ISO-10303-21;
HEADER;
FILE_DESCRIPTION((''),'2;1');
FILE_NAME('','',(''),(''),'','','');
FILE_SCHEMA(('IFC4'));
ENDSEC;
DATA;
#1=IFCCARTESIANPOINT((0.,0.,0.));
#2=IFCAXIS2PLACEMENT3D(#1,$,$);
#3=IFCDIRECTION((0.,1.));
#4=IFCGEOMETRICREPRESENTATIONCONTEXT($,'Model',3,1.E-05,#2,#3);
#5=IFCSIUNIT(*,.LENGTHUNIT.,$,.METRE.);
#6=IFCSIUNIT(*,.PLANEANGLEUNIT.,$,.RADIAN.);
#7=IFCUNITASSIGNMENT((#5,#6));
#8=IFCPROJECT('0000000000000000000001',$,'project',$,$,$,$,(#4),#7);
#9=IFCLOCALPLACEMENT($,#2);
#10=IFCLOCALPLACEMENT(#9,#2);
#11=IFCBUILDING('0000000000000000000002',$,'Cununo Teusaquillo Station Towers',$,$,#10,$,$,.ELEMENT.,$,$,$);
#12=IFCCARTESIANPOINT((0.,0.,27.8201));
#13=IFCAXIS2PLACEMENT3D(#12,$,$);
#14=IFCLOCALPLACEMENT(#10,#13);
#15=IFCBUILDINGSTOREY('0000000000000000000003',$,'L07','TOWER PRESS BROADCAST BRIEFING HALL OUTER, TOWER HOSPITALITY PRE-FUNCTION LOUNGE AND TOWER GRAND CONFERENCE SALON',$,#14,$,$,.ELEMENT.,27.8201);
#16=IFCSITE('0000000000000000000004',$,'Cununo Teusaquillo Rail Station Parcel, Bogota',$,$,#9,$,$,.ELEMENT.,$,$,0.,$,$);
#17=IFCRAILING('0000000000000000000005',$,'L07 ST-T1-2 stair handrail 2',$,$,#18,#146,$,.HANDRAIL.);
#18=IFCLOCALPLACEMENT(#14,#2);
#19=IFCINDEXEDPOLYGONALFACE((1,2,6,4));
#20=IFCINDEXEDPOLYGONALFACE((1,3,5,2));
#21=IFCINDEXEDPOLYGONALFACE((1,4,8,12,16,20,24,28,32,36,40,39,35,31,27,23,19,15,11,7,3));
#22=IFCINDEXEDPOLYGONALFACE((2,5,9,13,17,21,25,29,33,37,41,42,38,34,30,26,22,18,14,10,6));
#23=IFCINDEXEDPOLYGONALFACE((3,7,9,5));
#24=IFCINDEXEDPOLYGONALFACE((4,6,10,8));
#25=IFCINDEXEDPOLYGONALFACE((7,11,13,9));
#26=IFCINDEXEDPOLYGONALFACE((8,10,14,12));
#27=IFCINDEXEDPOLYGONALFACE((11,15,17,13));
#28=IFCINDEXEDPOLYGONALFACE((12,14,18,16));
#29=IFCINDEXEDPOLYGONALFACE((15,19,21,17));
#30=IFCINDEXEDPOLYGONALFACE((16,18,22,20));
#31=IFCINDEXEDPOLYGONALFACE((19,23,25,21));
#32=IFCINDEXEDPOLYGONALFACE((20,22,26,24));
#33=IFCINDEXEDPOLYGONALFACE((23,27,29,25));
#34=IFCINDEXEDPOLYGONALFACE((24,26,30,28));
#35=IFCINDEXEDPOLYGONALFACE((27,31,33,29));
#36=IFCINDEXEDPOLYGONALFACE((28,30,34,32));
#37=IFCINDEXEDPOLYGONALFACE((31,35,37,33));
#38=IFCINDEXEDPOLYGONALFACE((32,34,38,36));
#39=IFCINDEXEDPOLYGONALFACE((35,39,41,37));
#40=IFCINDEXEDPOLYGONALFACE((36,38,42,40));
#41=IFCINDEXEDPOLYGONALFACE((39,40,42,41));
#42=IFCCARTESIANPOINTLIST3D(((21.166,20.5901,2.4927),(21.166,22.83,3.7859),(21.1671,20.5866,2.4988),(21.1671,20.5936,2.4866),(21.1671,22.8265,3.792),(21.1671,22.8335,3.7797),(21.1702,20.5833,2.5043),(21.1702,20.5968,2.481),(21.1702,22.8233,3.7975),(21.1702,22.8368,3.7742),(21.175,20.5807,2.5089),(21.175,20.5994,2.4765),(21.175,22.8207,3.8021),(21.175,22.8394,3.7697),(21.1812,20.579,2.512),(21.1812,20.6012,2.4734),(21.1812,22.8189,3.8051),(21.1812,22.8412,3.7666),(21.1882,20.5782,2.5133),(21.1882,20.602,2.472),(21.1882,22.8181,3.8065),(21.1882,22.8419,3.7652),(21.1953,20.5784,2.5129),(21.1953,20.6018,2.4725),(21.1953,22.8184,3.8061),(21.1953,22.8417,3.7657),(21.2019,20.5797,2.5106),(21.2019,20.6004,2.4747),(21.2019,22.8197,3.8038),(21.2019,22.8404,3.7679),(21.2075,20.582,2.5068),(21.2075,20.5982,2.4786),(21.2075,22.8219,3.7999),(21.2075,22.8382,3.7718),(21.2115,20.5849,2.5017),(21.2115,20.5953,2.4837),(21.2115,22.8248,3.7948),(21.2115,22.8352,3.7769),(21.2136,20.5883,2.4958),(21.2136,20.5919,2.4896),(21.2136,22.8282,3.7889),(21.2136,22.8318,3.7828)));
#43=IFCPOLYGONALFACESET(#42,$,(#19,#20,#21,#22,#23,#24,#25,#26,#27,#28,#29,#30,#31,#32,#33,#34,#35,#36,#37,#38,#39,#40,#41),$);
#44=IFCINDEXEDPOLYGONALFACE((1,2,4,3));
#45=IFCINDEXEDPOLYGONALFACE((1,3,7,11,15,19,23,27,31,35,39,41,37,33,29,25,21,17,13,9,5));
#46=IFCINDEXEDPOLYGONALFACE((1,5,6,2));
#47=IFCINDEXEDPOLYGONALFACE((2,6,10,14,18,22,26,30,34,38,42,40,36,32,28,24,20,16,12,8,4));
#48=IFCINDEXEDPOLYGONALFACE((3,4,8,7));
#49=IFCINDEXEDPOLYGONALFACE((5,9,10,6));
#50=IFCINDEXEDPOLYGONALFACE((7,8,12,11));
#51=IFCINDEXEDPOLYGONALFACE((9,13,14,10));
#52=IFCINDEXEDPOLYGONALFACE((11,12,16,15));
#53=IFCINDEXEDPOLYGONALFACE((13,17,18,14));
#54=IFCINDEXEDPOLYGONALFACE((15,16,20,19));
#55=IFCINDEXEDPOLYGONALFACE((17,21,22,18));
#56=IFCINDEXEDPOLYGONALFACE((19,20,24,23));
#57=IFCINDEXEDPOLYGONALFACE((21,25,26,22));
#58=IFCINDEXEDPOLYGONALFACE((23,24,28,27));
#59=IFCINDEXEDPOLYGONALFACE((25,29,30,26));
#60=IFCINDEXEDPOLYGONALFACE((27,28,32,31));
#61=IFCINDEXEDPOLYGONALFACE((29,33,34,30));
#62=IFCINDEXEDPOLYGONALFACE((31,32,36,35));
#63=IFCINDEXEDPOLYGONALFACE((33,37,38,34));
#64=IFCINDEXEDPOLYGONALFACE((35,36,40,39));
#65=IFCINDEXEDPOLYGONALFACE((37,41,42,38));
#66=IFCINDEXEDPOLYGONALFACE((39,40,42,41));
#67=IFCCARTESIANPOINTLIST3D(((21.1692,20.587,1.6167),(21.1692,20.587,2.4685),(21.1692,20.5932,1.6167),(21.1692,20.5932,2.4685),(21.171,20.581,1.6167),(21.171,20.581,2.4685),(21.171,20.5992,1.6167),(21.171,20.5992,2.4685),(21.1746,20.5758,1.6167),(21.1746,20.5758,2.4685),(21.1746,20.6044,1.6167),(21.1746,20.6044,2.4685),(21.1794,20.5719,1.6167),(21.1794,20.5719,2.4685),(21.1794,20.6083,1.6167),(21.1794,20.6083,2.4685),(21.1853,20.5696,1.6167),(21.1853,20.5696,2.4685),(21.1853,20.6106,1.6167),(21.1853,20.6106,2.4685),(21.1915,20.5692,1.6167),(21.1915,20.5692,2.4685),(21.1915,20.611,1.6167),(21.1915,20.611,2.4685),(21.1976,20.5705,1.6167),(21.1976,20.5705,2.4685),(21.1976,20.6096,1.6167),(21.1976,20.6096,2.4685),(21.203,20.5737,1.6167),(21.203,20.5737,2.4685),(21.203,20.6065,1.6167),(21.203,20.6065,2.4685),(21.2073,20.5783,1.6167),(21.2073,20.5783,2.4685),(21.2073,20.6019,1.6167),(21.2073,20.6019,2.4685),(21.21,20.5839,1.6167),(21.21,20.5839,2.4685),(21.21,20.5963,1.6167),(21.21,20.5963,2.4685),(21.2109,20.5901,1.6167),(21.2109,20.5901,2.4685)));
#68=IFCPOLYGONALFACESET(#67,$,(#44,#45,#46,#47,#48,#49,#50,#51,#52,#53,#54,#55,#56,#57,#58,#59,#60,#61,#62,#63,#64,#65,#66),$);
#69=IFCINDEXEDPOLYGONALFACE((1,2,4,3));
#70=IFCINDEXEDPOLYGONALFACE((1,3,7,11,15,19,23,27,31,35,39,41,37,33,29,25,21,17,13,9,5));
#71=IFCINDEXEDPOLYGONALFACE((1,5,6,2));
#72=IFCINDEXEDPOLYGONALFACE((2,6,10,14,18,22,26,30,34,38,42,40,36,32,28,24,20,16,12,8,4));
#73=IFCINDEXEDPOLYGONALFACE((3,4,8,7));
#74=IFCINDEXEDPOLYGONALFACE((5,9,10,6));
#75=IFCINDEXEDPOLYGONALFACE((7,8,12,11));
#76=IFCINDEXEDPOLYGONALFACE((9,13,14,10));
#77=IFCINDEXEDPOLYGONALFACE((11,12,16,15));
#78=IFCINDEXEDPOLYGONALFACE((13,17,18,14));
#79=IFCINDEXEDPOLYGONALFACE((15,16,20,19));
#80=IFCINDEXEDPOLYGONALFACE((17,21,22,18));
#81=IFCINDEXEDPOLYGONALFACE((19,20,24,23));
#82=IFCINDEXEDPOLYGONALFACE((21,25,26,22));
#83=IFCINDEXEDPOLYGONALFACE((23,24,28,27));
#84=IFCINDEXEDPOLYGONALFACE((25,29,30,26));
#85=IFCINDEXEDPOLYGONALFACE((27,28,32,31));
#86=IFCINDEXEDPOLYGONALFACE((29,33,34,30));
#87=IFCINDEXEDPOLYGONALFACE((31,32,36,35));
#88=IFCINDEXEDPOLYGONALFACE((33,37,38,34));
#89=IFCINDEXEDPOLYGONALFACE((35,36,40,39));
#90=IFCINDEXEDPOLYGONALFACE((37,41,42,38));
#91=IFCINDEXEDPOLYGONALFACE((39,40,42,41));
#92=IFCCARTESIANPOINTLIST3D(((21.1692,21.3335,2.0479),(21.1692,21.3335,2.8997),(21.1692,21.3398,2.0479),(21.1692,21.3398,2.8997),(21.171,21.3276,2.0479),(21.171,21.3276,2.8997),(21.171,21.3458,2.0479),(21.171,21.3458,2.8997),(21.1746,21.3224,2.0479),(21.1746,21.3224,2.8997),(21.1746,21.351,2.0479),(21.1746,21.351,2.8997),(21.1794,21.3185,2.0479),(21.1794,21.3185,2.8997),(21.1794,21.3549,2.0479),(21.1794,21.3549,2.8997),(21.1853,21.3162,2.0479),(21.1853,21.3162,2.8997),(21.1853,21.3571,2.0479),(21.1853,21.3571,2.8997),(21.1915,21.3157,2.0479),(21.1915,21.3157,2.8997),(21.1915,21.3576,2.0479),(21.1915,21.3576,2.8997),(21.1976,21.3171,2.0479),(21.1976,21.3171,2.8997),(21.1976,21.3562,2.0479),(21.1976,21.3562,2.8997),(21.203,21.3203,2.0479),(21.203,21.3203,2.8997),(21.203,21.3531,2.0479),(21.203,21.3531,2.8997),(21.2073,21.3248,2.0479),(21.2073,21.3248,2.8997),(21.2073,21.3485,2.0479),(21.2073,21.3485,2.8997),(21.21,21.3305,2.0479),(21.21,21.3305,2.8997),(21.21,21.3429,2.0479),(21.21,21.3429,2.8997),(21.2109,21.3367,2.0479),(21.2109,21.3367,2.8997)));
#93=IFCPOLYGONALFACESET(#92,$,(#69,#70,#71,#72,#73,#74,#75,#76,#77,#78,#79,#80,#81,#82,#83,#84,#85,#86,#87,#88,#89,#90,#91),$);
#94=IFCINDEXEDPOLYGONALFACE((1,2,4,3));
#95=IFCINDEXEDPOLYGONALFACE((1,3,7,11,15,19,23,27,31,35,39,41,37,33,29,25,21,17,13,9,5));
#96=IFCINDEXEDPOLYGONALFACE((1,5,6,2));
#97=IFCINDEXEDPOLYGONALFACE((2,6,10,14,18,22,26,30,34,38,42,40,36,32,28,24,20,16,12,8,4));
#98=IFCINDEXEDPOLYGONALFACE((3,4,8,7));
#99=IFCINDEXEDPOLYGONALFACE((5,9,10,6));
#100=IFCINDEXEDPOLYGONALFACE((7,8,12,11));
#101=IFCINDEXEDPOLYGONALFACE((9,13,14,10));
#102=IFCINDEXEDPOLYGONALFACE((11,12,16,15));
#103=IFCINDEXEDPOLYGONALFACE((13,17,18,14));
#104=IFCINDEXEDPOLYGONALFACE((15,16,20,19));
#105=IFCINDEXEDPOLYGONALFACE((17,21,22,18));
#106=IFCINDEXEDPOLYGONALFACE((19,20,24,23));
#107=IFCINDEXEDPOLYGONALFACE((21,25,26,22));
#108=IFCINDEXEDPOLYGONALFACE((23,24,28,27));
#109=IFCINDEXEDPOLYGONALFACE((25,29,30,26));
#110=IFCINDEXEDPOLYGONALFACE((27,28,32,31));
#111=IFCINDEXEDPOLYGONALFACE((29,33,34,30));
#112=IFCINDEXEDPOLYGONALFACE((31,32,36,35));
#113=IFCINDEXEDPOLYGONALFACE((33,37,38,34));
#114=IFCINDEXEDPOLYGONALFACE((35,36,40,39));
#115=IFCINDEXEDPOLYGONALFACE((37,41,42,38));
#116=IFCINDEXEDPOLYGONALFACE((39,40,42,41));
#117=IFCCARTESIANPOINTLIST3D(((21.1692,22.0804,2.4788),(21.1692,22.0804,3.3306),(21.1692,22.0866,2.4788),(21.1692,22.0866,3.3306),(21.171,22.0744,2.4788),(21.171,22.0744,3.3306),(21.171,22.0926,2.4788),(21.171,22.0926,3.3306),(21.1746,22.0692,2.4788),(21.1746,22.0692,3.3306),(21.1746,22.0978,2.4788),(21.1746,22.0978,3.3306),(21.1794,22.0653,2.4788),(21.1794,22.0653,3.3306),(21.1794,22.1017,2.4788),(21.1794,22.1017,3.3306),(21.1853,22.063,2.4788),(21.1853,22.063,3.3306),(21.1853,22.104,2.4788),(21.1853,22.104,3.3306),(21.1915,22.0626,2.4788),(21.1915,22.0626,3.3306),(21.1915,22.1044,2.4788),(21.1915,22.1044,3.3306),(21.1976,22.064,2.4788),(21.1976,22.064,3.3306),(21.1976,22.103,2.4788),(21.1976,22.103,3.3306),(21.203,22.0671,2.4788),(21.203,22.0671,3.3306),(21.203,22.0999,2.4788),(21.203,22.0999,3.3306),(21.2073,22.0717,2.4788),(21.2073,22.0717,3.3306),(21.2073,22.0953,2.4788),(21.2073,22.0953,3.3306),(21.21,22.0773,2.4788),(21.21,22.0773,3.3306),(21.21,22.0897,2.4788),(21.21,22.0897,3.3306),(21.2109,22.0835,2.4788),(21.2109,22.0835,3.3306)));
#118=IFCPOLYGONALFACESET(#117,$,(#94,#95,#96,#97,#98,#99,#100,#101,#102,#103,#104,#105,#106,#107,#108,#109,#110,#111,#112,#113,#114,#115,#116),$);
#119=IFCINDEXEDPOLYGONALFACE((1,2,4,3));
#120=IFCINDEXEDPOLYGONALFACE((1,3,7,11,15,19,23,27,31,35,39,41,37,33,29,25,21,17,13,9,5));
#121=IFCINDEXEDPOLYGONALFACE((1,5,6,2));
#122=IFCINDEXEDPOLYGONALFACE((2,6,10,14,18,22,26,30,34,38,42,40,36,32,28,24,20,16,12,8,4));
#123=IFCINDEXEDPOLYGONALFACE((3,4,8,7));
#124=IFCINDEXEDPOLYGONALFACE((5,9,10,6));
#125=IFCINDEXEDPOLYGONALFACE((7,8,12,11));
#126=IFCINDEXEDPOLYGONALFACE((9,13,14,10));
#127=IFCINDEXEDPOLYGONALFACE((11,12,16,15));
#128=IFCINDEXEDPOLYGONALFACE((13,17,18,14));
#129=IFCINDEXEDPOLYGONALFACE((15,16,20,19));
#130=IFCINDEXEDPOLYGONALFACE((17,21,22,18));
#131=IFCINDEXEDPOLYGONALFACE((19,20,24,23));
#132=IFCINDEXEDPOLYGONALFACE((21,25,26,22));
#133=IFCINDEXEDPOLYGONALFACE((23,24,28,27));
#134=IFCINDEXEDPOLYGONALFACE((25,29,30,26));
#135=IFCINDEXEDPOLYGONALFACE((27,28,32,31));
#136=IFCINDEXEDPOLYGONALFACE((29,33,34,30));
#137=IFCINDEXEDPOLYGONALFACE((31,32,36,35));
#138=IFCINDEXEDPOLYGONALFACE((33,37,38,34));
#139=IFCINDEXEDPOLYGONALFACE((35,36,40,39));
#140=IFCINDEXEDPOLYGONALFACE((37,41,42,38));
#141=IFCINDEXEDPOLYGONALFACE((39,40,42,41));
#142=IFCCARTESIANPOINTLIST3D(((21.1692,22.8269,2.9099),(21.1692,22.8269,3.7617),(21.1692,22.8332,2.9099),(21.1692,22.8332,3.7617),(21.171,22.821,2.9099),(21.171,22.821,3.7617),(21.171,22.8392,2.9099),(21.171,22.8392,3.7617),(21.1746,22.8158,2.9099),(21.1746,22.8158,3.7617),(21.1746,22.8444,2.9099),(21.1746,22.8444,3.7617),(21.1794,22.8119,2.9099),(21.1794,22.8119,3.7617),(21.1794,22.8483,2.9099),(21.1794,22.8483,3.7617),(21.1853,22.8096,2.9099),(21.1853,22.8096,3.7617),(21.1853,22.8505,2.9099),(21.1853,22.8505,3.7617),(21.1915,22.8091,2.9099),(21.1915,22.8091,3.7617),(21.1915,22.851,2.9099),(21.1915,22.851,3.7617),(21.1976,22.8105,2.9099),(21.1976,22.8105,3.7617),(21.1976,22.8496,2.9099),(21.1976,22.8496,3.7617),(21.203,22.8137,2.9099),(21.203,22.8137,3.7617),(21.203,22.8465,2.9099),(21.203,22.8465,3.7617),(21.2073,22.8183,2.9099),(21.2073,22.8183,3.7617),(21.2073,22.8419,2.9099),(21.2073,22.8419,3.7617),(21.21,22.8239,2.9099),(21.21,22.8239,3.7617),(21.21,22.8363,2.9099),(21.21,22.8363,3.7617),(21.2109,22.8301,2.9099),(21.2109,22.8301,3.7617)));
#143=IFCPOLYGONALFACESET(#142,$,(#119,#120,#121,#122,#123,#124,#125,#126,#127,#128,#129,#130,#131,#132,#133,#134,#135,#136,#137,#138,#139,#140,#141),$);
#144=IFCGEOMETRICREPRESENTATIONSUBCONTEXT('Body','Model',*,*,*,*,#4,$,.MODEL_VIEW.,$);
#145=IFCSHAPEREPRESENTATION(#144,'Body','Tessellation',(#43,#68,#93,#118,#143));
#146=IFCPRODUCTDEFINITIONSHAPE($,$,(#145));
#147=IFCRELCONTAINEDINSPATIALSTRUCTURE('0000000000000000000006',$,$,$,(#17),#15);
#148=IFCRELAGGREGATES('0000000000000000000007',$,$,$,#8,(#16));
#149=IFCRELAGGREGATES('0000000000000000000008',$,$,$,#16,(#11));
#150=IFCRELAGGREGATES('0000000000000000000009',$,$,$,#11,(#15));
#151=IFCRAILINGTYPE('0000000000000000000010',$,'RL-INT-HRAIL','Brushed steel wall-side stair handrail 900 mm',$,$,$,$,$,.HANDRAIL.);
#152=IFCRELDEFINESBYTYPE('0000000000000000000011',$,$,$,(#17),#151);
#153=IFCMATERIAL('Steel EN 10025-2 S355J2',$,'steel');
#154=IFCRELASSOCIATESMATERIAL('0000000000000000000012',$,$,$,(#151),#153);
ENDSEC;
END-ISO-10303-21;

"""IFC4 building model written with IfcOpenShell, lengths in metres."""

from ifc_helpers import new_model, si_unit, direction, frame, origin, origin_2d, place, context, subcontext, project, spatial, circle, extrude, material, type_object, element, save


model = new_model("IFC4")

# Units and contexts
model_context = context("Model", 3, precision=1e-05, world=origin(), true_north=direction((0.0, 1.0)))
body_context = subcontext(model_context, "Body", "Model", "MODEL_VIEW")
ifc_project = project(units=[si_unit("LENGTHUNIT", "METRE"), si_unit("PLANEANGLEUNIT", "RADIAN")], contexts=[model_context])

# Site, building, storey
site_placement = place(None, origin())
site = spatial("IfcSite", under=ifc_project, at=site_placement, Name="Cununo Teusaquillo Rail Station Parcel, Bogota", CompositionType="ELEMENT", RefElevation=0.0)
building_placement = place(site_placement, origin())
building = spatial("IfcBuilding", under=site, at=building_placement, Name="Cununo Teusaquillo Station Towers", CompositionType="ELEMENT")
storey_placement = place(building_placement, frame((0.0, 0.0, 27.8201)))
storey = spatial("IfcBuildingStorey", under=building, at=storey_placement, Name="L07", Description="TOWER PRESS BROADCAST BRIEFING HALL OUTER, TOWER HOSPITALITY PRE-FUNCTION LOUNGE AND TOWER GRAND CONFERENCE SALON", CompositionType="ELEMENT", Elevation=27.8201)

# Railing
ifc_material_1 = material(Name="Steel EN 10025-2 S355J2", Category="steel")
railing_type_1 = type_object("IfcRailingType", Name="RL-INT-HRAIL", Description="Brushed steel wall-side stair handrail 900 mm", PredefinedType="HANDRAIL", material=ifc_material_1)
railing_1_placement = place(storey_placement, frame((21.1899, 20.5901, 1.6167)))
element("IfcRailing", 1, at=railing_1_placement, inside=storey, type_object=railing_type_1, Name="L07 ST-T1-2 stair handrail 2", PredefinedType="HANDRAIL", context=body_context, shape_type="SweptSolid", body=[
    extrude(circle(Radius=0.0239, at=origin_2d()), frame((0.0, 0.0, 0.876), z_axis=(0.0, 0.866033, 0.499987), x_axis=(-1.0, 0.0, 0.0)), (0.0, 0.0, 1.0), 2.5864),
    extrude(circle(Radius=0.021, at=origin_2d()), origin(), (0.0, 0.0, 1.0), 0.8518),
    extrude(circle(Radius=0.021, at=origin_2d()), frame((0.0, 0.7466, 0.4312)), (0.0, 0.0, 1.0), 0.8518),
    extrude(circle(Radius=0.021, at=origin_2d()), frame((0.0, 1.4934, 0.8621)), (0.0, 0.0, 1.0), 0.8518),
    extrude(circle(Radius=0.021, at=origin_2d()), frame((0.0, 2.24, 1.2932)), (0.0, 0.0, 1.0), 0.8518),
])

save(model, "model.ifc")
